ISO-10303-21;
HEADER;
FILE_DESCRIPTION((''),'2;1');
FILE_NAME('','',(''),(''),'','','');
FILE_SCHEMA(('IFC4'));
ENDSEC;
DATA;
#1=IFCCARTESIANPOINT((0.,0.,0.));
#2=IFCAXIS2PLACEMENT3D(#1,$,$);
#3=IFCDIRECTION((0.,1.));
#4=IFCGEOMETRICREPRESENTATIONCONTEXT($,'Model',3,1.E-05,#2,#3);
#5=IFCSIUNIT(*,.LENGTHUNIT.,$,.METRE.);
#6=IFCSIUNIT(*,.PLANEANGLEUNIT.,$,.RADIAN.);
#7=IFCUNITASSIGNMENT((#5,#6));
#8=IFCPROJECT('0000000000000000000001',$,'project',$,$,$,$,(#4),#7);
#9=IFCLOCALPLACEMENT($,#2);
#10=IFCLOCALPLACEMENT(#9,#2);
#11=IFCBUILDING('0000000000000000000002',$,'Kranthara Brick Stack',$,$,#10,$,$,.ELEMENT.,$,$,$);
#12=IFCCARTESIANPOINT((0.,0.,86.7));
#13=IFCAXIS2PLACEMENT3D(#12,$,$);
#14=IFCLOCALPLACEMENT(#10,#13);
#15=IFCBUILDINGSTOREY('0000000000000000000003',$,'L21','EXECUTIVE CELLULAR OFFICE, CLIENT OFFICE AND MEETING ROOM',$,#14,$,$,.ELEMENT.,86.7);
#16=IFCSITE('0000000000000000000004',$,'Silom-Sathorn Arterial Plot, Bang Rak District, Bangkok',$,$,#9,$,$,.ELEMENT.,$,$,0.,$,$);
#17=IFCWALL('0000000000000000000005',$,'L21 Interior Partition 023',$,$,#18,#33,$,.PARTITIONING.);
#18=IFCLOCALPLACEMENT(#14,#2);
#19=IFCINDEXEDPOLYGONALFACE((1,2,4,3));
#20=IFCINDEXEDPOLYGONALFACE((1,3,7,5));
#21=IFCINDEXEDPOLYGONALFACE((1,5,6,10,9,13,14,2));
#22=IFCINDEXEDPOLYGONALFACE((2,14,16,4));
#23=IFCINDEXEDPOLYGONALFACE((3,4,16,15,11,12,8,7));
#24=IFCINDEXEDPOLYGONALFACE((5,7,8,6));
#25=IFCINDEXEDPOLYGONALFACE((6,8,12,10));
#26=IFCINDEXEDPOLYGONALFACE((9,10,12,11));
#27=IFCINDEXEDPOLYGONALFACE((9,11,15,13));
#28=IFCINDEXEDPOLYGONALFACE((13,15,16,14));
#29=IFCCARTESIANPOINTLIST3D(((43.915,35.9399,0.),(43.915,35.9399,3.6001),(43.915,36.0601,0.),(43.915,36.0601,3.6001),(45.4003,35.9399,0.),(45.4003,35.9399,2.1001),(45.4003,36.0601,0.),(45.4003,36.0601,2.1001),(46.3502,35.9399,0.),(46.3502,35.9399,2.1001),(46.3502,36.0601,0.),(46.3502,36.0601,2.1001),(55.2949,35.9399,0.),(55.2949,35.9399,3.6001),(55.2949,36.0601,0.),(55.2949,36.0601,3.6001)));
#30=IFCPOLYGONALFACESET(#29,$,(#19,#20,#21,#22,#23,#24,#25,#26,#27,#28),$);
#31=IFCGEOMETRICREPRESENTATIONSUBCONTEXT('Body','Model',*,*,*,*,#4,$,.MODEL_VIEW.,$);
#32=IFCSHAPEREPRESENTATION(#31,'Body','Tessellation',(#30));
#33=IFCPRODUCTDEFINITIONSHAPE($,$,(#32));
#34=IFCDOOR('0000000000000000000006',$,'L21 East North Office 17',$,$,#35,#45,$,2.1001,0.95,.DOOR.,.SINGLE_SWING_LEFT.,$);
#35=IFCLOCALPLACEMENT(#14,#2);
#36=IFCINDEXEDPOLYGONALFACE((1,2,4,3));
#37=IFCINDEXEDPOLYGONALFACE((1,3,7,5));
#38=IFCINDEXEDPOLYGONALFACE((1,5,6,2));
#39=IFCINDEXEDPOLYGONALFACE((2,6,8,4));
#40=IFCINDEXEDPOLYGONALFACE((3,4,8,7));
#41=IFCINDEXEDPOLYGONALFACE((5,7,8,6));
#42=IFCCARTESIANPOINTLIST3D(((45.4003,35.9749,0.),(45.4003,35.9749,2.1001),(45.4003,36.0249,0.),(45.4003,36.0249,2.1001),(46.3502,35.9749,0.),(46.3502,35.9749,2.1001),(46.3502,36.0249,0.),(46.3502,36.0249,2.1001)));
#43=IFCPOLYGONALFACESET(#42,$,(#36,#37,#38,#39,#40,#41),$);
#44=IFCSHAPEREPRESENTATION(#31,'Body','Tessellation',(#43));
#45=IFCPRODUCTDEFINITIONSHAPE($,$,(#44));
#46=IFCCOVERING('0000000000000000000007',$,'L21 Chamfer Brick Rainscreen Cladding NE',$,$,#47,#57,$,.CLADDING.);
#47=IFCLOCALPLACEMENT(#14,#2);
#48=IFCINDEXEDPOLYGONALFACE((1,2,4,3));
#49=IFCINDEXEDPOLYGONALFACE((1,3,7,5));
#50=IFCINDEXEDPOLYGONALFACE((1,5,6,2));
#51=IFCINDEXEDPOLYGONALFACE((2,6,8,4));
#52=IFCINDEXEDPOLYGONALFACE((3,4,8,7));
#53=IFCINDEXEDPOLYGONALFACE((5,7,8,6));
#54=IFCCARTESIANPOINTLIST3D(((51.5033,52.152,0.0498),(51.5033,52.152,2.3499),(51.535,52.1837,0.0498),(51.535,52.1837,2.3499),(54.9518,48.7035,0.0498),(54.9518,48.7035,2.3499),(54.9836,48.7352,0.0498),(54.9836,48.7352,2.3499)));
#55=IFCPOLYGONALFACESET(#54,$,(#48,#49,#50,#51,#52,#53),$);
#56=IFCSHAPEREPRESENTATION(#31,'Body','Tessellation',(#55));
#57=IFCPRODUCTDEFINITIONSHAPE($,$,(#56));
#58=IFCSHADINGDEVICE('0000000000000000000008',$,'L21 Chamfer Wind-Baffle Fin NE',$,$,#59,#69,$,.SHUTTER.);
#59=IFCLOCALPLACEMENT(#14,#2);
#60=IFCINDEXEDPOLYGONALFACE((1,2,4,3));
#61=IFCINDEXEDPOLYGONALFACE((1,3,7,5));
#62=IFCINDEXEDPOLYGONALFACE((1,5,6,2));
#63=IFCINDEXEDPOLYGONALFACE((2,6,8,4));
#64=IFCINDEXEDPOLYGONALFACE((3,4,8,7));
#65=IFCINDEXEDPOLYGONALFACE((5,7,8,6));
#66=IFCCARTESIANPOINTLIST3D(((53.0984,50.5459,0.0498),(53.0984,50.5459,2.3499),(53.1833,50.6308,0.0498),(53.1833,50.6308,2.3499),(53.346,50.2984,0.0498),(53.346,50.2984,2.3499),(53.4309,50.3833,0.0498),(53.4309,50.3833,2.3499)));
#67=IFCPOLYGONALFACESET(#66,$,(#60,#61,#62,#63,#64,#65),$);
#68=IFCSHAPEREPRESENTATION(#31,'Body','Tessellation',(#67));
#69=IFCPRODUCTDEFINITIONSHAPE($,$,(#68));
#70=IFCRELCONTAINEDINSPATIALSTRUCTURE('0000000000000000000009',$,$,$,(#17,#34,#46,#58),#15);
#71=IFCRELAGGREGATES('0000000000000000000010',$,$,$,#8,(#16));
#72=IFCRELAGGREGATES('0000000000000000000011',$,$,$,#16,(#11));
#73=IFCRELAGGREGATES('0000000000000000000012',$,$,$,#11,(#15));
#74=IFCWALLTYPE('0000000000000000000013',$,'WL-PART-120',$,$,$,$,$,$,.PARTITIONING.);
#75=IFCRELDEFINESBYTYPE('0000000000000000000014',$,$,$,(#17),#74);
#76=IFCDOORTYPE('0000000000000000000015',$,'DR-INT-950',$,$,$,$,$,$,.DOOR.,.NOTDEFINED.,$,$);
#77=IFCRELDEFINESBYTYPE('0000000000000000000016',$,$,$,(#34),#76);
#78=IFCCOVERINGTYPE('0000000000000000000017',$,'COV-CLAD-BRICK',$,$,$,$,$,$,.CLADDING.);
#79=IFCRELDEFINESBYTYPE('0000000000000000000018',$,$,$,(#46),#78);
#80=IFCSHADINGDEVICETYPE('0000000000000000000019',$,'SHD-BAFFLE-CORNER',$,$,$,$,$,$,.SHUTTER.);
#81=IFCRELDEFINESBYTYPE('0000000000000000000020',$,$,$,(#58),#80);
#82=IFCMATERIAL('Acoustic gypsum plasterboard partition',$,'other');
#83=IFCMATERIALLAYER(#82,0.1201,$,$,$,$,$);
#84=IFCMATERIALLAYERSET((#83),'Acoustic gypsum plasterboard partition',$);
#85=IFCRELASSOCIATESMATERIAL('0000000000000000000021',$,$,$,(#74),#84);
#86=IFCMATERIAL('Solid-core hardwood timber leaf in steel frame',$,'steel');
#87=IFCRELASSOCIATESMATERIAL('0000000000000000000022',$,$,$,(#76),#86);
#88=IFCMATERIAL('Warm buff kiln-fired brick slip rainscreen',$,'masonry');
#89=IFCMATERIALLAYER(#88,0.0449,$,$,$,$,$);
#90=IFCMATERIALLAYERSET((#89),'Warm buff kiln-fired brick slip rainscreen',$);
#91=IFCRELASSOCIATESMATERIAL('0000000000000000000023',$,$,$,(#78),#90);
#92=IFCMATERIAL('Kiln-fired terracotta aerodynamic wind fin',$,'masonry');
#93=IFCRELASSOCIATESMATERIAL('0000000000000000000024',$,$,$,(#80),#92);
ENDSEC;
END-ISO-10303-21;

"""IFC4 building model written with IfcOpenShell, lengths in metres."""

from ifc_helpers import new_model, si_unit, direction, frame, frame_2d, origin, origin_2d, place, context, subcontext, project, spatial, rectangle, extrude, material, layer, layer_set, type_object, element, fill, save


model = new_model("IFC4")

# Units and contexts
model_context = context("Model", 3, precision=1e-05, world=origin(), true_north=direction((0.0, 1.0)))
body_context = subcontext(model_context, "Body", "Model", "MODEL_VIEW")
ifc_project = project(units=[si_unit("LENGTHUNIT", "METRE"), si_unit("PLANEANGLEUNIT", "RADIAN")], contexts=[model_context])

# Site, building, storey
site_placement = place(None, origin())
site = spatial("IfcSite", under=ifc_project, at=site_placement, Name="Silom-Sathorn Arterial Plot, Bang Rak District, Bangkok", CompositionType="ELEMENT", RefElevation=0.0)
building_placement = place(site_placement, origin())
building = spatial("IfcBuilding", under=site, at=building_placement, Name="Kranthara Brick Stack", CompositionType="ELEMENT")
storey_placement = place(building_placement, frame((0.0, 0.0, 86.7)))
storey = spatial("IfcBuildingStorey", under=building, at=storey_placement, Name="L21", Description="EXECUTIVE CELLULAR OFFICE, CLIENT OFFICE AND MEETING ROOM", CompositionType="ELEMENT", Elevation=86.7)

# Shared definitions
ifc_material_1 = material(Name="Acoustic gypsum plasterboard partition", Category="other")
ifc_layer_1 = layer(ifc_material_1, 0.1201)
ifc_layer_set_1 = layer_set([ifc_layer_1], Name="Acoustic gypsum plasterboard partition")
wall_type_1 = type_object("IfcWallType", Name="WL-PART-120", PredefinedType="PARTITIONING", material=ifc_layer_set_1)

# Wall, opening, door
wall_1_placement = place(storey_placement, frame((43.915, 36.0, 0.0), z_axis=(0.0, 0.0, 1.0), x_axis=(1.0, 0.0, 0.0)))
wall_1 = element("IfcWall", 1, at=wall_1_placement, inside=storey, type_object=wall_type_1, Name="L21 Interior Partition 023", PredefinedType="PARTITIONING", context=body_context, shape_type="SweptSolid", body=[
    extrude(rectangle(XDim=11.3799, YDim=0.1201, at=frame_2d((5.6899, 0.0))), origin(), (0.0, 0.0, 1.0), 3.6001),
])
opening_1_placement = place(wall_1_placement, frame((1.4851, 0.0, 0.0)))
opening_1 = element("IfcOpeningElement", 2, at=opening_1_placement, cuts=wall_1, PredefinedType="OPENING", context=body_context, shape_type="SweptSolid", body=[
    extrude(rectangle(XDim=0.95, YDim=2.1001, at=frame_2d((0.4751, 1.05))), frame((0.0, 0.0701, 0.0), z_axis=(0.0, -1.0, 0.0), x_axis=(1.0, 0.0, 0.0)), (0.0, 0.0, 1.0), 0.1401),
])
ifc_material_2 = material(Name="Solid-core hardwood timber leaf in steel frame", Category="steel")
door_type = type_object("IfcDoorType", Name="DR-INT-950", OperationType="NOTDEFINED", PredefinedType="DOOR", material=ifc_material_2)
door_placement = place(opening_1_placement, origin())
door = element("IfcDoor", 3, at=door_placement, inside=storey, type_object=door_type, Name="L21 East North Office 17", OperationType="SINGLE_SWING_LEFT", OverallHeight=2.1001, OverallWidth=0.95, PredefinedType="DOOR", context=body_context, shape_type="SweptSolid", body=[
    extrude(rectangle(XDim=0.95, YDim=2.1001, at=frame_2d((0.4751, 1.05))), frame((0.0, 0.0249, 0.0), z_axis=(0.0, -1.0, 0.0), x_axis=(1.0, 0.0, 0.0)), (0.0, 0.0, 1.0), 0.05),
])
fill(opening_1, door)

# Covering
ifc_material_3 = material(Name="Warm buff kiln-fired brick slip rainscreen", Category="masonry")
ifc_layer_2 = layer(ifc_material_3, 0.0449)
ifc_layer_set_2 = layer_set([ifc_layer_2], Name="Warm buff kiln-fired brick slip rainscreen")
covering_type = type_object("IfcCoveringType", Name="COV-CLAD-BRICK", PredefinedType="CLADDING", material=ifc_layer_set_2)
covering_placement = place(storey_placement, frame((53.2434, 50.4436, 0.0498), z_axis=(0.0, 0.0, 1.0), x_axis=(0.707107, -0.707107, 0.0)))
element("IfcCovering", 4, at=covering_placement, inside=storey, type_object=covering_type, Name="L21 Chamfer Brick Rainscreen Cladding NE", PredefinedType="CLADDING", context=body_context, shape_type="SweptSolid", body=[
    extrude(rectangle(XDim=4.877, YDim=0.0449, at=origin_2d()), origin(), (0.0, 0.0, 1.0), 2.3),
])

# Shading device
ifc_material_4 = material(Name="Kiln-fired terracotta aerodynamic wind fin", Category="masonry")
shading_device_type = type_object("IfcShadingDeviceType", Name="SHD-BAFFLE-CORNER", PredefinedType="SHUTTER", material=ifc_material_4)
shading_device_placement = place(storey_placement, frame((53.2646, 50.4646, 0.0498), z_axis=(0.0, 0.0, 1.0), x_axis=(0.707107, -0.707107, 0.0)))
element("IfcShadingDevice", 5, at=shading_device_placement, inside=storey, type_object=shading_device_type, Name="L21 Chamfer Wind-Baffle Fin NE", PredefinedType="SHUTTER", context=body_context, shape_type="SweptSolid", body=[
    extrude(rectangle(XDim=0.3501, YDim=0.1201, at=origin_2d()), origin(), (0.0, 0.0, 1.0), 2.3),
])

save(model, "model.ifc")
